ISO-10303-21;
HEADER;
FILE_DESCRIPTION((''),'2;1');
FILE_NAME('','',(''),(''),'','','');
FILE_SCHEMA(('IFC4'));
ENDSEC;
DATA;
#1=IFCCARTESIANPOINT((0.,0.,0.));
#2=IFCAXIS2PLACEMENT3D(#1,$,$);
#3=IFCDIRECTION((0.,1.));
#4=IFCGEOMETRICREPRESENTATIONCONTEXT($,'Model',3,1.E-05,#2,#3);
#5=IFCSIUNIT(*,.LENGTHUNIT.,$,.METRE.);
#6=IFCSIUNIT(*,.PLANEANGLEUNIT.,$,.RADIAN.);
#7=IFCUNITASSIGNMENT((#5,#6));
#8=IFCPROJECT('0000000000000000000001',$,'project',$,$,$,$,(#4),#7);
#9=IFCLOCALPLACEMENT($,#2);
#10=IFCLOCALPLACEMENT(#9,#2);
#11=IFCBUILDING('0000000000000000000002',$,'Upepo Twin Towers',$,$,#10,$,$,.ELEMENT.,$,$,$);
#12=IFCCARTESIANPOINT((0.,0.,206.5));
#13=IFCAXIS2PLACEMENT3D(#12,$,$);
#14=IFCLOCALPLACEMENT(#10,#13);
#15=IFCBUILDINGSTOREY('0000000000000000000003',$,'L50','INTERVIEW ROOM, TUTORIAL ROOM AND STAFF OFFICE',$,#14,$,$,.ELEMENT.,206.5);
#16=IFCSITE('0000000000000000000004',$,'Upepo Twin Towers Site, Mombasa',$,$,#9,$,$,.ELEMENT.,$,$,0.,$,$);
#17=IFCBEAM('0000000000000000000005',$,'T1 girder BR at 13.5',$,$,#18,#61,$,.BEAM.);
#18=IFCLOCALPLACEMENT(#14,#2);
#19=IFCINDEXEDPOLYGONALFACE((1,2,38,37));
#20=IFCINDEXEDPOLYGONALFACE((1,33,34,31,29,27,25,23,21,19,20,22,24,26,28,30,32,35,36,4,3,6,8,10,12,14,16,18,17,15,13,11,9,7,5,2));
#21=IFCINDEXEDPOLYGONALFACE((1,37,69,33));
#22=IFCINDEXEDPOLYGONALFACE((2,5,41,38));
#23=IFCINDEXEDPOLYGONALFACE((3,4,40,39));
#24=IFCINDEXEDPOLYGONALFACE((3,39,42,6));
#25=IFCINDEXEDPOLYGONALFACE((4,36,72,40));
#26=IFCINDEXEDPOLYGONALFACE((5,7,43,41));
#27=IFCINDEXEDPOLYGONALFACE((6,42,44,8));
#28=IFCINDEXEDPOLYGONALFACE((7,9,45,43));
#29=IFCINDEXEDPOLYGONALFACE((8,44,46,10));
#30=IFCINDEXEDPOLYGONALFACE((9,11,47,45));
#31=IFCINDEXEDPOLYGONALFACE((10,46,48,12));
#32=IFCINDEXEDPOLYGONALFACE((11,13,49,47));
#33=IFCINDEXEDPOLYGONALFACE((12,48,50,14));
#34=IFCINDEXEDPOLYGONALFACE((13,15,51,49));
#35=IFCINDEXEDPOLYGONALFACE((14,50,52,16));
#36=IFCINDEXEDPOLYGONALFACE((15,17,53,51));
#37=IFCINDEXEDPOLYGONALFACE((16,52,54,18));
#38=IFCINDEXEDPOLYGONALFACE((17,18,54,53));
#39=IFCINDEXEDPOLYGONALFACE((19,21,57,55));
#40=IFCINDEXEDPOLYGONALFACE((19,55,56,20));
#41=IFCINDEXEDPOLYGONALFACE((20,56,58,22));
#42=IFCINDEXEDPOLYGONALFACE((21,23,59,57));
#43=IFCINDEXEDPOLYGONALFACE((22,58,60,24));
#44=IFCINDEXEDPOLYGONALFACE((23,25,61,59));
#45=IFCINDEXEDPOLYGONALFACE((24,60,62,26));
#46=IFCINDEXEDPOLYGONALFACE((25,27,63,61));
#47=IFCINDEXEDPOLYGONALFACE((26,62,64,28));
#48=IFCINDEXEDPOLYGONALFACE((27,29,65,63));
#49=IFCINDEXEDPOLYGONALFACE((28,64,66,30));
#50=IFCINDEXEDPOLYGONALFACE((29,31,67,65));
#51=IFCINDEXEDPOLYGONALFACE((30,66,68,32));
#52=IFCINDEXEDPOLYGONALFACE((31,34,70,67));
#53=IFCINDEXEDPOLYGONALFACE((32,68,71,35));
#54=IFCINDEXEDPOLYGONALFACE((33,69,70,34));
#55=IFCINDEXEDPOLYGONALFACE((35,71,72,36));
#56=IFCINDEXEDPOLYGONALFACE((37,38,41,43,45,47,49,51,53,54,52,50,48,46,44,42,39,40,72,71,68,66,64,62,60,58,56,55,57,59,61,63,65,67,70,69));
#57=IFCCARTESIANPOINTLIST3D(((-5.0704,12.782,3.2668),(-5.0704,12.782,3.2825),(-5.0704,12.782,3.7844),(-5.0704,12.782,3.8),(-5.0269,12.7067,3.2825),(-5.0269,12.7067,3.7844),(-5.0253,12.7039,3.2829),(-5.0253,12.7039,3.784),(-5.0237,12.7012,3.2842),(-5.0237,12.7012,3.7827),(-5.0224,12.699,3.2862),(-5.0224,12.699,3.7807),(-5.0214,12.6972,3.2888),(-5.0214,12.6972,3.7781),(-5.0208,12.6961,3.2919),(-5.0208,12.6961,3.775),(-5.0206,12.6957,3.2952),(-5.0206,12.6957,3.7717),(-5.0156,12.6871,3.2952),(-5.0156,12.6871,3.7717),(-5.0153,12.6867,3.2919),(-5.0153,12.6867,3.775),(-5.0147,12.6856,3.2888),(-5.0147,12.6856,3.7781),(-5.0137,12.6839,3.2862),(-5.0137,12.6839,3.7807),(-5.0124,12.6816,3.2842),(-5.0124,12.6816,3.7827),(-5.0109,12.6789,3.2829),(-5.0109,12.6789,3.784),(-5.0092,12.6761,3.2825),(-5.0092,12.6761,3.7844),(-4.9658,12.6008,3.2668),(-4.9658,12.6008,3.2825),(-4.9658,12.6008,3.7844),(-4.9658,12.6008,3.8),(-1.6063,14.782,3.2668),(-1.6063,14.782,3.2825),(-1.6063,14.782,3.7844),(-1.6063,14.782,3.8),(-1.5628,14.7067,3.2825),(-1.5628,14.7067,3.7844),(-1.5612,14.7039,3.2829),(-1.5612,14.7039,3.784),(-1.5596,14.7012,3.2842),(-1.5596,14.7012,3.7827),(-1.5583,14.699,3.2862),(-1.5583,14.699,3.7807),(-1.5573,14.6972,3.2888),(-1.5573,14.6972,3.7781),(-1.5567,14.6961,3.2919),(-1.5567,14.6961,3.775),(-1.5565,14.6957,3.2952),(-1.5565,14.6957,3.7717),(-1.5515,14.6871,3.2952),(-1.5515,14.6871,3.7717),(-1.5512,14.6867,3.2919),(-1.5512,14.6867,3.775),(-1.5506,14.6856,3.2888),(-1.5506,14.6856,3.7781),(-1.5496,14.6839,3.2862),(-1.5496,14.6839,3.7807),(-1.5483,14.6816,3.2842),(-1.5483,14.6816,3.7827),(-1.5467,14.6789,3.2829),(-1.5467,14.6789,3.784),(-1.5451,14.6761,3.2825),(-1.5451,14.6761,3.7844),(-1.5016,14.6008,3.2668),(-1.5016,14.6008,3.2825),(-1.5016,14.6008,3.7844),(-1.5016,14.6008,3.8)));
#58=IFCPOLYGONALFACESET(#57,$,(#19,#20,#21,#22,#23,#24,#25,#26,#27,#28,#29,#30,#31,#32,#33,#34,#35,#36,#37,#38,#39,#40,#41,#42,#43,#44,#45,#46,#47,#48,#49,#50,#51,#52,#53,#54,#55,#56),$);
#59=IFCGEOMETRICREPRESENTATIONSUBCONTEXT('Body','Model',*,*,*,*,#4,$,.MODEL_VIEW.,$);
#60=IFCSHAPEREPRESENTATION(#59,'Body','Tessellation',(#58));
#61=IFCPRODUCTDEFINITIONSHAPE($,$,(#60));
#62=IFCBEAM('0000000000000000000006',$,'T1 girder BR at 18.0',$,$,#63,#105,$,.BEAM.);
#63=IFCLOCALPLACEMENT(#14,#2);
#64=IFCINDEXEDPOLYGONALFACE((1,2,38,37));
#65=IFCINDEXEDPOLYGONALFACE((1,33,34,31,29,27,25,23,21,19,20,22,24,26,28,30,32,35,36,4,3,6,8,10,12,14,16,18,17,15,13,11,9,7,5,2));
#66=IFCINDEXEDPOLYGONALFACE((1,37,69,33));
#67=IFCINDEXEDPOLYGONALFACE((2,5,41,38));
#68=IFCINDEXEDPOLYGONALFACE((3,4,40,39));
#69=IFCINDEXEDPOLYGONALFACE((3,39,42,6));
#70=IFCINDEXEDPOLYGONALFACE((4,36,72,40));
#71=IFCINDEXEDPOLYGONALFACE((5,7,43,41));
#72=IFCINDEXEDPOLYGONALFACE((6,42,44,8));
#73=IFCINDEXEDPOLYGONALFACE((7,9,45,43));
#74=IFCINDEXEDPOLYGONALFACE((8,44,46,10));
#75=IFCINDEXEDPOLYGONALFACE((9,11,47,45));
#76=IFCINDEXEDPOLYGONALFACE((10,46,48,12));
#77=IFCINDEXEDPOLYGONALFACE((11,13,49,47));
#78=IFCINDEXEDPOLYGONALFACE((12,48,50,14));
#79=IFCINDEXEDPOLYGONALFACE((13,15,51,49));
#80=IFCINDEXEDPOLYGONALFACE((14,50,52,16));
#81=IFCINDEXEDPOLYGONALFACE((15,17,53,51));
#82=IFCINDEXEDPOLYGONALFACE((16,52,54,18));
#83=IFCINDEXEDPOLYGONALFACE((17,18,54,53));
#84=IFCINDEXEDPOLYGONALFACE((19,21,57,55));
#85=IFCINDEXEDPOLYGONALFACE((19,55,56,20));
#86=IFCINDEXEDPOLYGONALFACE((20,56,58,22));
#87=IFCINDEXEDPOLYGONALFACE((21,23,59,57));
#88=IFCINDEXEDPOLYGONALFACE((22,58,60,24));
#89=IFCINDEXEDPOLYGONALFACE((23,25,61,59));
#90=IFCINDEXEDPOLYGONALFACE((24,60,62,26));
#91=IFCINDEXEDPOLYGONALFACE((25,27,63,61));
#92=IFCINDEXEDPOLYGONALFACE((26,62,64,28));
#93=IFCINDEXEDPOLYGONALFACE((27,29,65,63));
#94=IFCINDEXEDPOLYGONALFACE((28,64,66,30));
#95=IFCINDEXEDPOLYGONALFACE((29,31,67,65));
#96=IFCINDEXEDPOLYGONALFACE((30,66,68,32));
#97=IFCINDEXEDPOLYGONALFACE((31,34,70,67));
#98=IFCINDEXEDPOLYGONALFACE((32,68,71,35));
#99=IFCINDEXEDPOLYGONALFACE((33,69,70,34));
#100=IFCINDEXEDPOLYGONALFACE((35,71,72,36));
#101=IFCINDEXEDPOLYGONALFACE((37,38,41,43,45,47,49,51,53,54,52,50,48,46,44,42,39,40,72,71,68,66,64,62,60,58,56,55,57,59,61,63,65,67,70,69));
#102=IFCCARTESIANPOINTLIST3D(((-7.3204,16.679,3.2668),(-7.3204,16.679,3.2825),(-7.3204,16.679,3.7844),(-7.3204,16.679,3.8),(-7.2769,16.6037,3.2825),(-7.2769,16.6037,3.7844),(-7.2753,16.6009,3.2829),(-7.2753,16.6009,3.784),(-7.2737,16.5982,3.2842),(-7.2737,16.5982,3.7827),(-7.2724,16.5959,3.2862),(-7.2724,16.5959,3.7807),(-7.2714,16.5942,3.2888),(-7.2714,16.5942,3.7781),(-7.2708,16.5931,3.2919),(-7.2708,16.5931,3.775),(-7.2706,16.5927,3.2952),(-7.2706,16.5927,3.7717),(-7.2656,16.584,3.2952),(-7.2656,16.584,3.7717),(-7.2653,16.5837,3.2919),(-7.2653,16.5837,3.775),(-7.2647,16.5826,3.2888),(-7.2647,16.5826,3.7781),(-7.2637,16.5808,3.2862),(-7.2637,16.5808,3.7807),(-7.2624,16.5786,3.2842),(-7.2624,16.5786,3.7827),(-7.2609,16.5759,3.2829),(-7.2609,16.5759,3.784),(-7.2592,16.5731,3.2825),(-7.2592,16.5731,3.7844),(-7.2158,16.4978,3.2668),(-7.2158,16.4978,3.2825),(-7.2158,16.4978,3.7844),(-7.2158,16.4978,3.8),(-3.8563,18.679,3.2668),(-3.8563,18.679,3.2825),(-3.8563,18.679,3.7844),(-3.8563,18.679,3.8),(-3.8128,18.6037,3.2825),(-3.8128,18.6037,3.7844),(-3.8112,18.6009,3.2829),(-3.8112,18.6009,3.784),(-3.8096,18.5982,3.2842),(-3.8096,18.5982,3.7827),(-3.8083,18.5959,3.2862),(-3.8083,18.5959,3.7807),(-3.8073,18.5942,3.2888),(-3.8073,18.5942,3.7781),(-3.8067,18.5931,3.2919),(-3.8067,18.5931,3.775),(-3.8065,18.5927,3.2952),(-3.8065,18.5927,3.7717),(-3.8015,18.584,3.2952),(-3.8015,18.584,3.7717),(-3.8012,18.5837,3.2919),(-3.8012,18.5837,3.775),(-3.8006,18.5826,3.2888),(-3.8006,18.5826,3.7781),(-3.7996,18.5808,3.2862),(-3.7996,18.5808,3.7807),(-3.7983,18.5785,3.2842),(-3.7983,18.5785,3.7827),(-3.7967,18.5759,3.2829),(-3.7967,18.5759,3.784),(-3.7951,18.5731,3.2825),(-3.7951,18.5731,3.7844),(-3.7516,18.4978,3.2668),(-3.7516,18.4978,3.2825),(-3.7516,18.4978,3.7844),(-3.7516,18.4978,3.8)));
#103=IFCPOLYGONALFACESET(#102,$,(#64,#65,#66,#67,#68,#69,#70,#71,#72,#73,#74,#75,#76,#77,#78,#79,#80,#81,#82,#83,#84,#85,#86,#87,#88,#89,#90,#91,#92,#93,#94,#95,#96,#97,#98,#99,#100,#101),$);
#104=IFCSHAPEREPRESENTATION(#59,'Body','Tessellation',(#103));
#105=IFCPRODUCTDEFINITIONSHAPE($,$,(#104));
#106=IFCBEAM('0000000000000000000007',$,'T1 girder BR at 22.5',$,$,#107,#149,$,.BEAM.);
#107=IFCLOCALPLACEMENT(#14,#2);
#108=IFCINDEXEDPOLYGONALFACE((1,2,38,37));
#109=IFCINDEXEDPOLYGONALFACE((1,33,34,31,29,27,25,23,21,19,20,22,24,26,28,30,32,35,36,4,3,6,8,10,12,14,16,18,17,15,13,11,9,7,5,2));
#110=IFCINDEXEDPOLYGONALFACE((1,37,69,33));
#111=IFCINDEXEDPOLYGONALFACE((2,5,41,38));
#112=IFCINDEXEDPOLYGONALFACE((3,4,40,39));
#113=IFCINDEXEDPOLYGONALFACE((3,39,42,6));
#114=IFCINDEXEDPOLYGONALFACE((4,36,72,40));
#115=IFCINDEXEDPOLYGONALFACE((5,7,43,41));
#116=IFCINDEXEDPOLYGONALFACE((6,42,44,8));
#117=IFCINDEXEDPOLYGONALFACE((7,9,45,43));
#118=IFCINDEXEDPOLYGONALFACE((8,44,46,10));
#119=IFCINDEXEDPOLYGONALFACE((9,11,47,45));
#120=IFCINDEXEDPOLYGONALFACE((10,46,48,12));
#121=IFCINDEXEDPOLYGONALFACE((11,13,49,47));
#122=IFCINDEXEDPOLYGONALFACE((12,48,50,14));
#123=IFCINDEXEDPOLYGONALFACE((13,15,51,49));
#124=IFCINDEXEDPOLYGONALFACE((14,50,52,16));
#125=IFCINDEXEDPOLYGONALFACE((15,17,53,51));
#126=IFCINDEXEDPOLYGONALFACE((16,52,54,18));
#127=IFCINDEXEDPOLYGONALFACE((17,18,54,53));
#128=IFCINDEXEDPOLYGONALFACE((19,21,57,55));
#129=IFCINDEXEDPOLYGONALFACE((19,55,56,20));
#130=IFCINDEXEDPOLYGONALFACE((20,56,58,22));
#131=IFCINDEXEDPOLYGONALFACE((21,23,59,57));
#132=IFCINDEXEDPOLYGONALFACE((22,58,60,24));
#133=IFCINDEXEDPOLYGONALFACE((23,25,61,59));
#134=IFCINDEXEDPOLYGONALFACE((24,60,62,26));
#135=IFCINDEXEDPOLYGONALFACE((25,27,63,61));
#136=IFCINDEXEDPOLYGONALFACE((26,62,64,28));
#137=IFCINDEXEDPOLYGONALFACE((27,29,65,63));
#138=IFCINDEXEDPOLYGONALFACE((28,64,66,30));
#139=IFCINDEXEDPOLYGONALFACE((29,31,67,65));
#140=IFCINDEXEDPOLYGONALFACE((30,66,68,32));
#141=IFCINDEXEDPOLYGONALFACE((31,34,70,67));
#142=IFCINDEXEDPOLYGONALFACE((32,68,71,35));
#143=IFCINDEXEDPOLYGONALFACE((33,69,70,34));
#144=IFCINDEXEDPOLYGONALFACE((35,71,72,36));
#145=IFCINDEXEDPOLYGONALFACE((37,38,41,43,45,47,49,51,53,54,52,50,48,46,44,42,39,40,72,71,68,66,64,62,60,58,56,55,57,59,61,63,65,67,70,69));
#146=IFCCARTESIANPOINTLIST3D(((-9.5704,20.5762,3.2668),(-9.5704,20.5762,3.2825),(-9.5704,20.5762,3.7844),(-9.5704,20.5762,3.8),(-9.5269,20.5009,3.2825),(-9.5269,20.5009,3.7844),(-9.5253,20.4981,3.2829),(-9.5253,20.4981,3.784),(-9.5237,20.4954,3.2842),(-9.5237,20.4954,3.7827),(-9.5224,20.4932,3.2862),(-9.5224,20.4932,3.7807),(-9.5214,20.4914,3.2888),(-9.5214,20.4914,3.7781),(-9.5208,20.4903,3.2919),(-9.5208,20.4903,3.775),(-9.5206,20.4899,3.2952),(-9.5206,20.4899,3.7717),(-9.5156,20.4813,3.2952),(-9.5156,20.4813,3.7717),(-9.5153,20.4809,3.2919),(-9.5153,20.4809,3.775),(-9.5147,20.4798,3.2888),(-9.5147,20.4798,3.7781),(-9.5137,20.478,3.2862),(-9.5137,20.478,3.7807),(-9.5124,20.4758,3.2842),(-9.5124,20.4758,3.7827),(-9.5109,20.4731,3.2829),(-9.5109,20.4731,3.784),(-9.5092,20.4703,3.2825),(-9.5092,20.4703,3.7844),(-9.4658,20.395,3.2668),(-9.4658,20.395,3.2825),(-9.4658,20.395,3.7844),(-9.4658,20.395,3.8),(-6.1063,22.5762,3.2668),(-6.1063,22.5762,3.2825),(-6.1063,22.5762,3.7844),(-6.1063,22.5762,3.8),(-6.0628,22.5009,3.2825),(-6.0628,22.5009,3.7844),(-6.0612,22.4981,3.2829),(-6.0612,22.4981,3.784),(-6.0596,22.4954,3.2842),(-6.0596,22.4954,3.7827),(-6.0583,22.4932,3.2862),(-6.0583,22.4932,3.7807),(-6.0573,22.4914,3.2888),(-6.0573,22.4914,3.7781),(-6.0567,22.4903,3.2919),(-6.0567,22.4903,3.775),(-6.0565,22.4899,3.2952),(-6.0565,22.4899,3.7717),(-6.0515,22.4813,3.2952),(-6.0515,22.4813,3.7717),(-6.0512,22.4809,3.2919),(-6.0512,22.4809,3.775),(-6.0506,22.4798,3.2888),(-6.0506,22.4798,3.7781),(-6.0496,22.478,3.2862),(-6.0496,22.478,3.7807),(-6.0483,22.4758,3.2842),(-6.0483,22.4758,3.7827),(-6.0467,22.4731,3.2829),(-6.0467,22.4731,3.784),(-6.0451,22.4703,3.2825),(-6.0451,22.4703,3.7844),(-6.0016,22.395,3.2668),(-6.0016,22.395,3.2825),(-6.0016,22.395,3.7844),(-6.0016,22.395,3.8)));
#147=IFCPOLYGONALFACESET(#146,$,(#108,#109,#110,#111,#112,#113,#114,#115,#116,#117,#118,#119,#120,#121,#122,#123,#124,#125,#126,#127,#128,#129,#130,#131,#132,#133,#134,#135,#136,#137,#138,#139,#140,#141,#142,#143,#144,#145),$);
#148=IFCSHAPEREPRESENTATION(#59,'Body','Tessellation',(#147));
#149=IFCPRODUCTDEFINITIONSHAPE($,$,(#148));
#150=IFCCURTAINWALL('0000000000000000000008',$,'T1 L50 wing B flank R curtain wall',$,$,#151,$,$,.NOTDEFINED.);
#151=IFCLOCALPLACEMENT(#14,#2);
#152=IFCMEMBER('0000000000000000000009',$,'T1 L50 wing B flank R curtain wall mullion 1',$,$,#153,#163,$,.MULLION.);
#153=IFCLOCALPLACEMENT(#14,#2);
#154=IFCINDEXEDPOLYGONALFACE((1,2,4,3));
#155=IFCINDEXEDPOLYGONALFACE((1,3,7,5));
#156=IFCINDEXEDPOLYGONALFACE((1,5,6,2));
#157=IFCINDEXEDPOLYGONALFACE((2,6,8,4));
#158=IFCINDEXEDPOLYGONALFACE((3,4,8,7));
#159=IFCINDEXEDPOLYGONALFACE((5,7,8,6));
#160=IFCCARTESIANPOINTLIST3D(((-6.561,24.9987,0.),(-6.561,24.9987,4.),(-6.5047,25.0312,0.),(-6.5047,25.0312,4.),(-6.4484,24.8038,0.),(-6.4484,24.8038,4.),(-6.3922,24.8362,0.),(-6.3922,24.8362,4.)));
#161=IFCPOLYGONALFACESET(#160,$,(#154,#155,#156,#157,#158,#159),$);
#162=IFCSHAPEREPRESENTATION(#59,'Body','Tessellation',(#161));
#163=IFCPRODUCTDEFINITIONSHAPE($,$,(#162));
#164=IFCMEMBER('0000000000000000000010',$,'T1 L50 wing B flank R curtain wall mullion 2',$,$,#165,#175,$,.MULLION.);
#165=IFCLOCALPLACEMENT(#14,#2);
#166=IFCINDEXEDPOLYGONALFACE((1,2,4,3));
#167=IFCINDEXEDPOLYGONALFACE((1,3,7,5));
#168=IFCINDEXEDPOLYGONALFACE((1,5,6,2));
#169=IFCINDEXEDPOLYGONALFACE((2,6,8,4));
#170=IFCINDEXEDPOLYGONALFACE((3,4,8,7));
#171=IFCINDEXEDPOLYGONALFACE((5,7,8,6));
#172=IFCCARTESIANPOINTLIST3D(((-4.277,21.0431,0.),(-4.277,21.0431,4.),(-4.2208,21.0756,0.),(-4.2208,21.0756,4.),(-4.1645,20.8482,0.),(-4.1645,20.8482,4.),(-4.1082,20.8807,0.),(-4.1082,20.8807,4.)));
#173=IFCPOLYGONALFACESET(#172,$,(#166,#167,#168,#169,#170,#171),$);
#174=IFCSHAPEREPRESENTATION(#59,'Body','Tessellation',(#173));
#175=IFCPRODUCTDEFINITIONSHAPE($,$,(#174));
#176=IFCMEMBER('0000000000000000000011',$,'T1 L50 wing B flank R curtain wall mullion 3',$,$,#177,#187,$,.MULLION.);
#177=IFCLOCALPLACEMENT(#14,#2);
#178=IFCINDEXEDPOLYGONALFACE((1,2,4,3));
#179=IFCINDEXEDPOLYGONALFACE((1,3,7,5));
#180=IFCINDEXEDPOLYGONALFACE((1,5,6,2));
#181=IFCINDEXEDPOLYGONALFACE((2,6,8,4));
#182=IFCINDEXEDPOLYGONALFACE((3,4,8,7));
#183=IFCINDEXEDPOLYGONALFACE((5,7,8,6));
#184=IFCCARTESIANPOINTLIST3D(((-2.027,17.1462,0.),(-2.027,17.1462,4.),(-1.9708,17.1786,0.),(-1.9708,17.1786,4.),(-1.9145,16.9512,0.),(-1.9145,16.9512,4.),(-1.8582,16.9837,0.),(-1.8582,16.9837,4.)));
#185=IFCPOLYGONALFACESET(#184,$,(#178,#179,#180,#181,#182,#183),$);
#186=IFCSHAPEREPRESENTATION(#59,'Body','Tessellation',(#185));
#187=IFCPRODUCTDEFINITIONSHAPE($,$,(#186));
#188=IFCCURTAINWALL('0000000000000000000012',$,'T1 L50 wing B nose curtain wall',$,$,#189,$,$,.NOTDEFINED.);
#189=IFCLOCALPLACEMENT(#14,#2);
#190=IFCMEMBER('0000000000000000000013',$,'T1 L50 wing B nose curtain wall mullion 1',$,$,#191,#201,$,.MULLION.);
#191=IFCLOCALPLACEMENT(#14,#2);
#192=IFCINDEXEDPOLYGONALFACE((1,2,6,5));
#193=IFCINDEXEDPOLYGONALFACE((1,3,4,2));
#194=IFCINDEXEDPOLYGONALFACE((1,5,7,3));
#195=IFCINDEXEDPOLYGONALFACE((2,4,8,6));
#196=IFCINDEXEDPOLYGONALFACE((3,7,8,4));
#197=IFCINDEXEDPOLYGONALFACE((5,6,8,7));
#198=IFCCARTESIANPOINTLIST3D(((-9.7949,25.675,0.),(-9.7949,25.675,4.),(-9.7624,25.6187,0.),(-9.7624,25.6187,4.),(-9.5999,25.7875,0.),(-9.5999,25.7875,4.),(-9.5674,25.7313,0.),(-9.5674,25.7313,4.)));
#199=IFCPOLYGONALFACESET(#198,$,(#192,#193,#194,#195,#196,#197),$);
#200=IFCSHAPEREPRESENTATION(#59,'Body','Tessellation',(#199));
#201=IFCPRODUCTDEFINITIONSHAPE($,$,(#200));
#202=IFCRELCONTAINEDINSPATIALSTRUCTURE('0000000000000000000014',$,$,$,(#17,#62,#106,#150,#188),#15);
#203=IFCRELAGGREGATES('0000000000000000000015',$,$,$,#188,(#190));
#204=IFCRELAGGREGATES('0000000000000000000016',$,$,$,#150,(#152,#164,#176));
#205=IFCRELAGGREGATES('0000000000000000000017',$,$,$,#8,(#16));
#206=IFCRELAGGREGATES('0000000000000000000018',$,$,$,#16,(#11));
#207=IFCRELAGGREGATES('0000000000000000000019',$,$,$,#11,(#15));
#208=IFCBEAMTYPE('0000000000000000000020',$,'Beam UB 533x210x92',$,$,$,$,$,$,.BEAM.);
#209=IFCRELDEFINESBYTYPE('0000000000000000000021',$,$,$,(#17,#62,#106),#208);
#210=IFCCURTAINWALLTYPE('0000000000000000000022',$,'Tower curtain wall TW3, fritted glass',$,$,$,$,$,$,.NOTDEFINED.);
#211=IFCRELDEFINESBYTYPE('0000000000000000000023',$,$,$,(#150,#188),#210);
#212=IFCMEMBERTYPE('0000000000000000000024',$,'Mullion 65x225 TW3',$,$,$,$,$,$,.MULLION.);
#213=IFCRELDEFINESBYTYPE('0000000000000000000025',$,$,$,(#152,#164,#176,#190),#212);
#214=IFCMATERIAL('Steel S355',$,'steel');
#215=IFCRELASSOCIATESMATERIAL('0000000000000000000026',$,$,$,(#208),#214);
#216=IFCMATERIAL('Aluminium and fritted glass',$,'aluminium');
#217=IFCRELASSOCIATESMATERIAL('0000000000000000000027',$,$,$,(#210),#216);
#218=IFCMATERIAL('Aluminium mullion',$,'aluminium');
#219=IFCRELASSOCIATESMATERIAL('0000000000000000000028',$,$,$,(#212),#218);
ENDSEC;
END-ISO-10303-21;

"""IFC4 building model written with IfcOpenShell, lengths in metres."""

from ifc_helpers import new_model, si_unit, direction, frame, origin, origin_2d, place, context, subcontext, project, spatial, rectangle, i_section, extrude, material, material_profile, profile_set, type_object, element, aggregate, save


model = new_model("IFC4")

# Units and contexts
model_context = context("Model", 3, precision=1e-05, world=origin(), true_north=direction((0.0, 1.0)))
body_context = subcontext(model_context, "Body", "Model", "MODEL_VIEW")
ifc_project = project(units=[si_unit("LENGTHUNIT", "METRE"), si_unit("PLANEANGLEUNIT", "RADIAN")], contexts=[model_context])

# Site, building, storey
site_placement = place(None, origin())
site = spatial("IfcSite", under=ifc_project, at=site_placement, Name="Upepo Twin Towers Site, Mombasa", CompositionType="ELEMENT", RefElevation=0.0)
building_placement = place(site_placement, origin())
building = spatial("IfcBuilding", under=site, at=building_placement, Name="Upepo Twin Towers", CompositionType="ELEMENT")
storey_placement = place(building_placement, frame((0.0, 0.0, 206.5)))
storey = spatial("IfcBuildingStorey", under=building, at=storey_placement, Name="L50", Description="INTERVIEW ROOM, TUTORIAL ROOM AND STAFF OFFICE", CompositionType="ELEMENT", Elevation=206.5)

# Beams
ifc_material_1 = material(Name="Steel S355", Category="steel")
ifc_material_profile_1 = material_profile(ifc_material_1, i_section(OverallWidth=0.2092, OverallDepth=0.5332, WebThickness=0.01, FlangeThickness=0.0156, FilletRadius=0.0127, at=origin_2d()), Name="UB 533x210x92")
ifc_profile_set_1 = profile_set([ifc_material_profile_1], Name="Steel S355")
beam_type_1 = type_object("IfcBeamType", Name="Beam UB 533x210x92", PredefinedType="BEAM", material=ifc_profile_set_1)
for number, where, z_axis, x_axis, name in (
    (1, (-1.554, 14.6914, 3.5334), (-0.866026, -0.499999, 0.0), (0.499999, -0.866026, 0.0), "T1 girder BR at 13.5"),
    (2, (-3.804, 18.5884, 3.5334), (-0.866026, -0.499999, 0.0), (0.499999, -0.866026, 0.0), "T1 girder BR at 18.0"),
    (3, (-6.054, 22.4856, 3.5334), (-0.866026, -0.499999, 0.0), (0.499999, -0.866026, 0.0), "T1 girder BR at 22.5"),
):
    element("IfcBeam", number, at=place(storey_placement, frame(where, z_axis=z_axis, x_axis=x_axis)), inside=storey, type_object=beam_type_1, Name=name, PredefinedType="BEAM", context=body_context, shape_type="SweptSolid", body=[
        extrude(i_section(OverallWidth=0.2092, OverallDepth=0.5332, WebThickness=0.01, FlangeThickness=0.0156, FilletRadius=0.0127, at=origin_2d()), origin(), (0.0, 0.0, 1.0), 4.0),
    ])

# Curtain wall, members
ifc_material_2 = material(Name="Aluminium and fritted glass", Category="aluminium")
curtain_wall_type = type_object("IfcCurtainWallType", Name="Tower curtain wall TW3, fritted glass", PredefinedType="NOTDEFINED", material=ifc_material_2)
curtain_wall_1_placement = place(storey_placement, origin())
curtain_wall_1 = element("IfcCurtainWall", 4, at=curtain_wall_1_placement, inside=storey, type_object=curtain_wall_type, Name="T1 L50 wing B flank R curtain wall", PredefinedType="NOTDEFINED")
ifc_material_3 = material(Name="Aluminium mullion", Category="aluminium")
ifc_material_profile_2 = material_profile(ifc_material_3, rectangle(XDim=0.0649, YDim=0.2251, at=origin_2d()), Name="MULLION 65x225")
ifc_profile_set_2 = profile_set([ifc_material_profile_2], Name="Aluminium mullion")
member_type_1 = type_object("IfcMemberType", Name="Mullion 65x225 TW3", PredefinedType="MULLION", material=ifc_profile_set_2)
member_1_placement = place(storey_placement, frame((-6.4766, 24.9175, 0.0), z_axis=(0.0, 0.0, 1.0), x_axis=(0.866025, 0.5, 0.0)))
member_1 = element("IfcMember", 5, at=member_1_placement, type_object=member_type_1, Name="T1 L50 wing B flank R curtain wall mullion 1", PredefinedType="MULLION", context=body_context, shape_type="SweptSolid", body=[
    extrude(rectangle(XDim=0.0649, YDim=0.2251, at=origin_2d()), origin(), (0.0, 0.0, 1.0), 4.0),
])
member_2_placement = place(storey_placement, frame((-4.1926, 20.9619, 0.0), z_axis=(0.0, 0.0, 1.0), x_axis=(0.866025, 0.5, 0.0)))
member_2 = element("IfcMember", 6, at=member_2_placement, type_object=member_type_1, Name="T1 L50 wing B flank R curtain wall mullion 2", PredefinedType="MULLION", context=body_context, shape_type="SweptSolid", body=[
    extrude(rectangle(XDim=0.0649, YDim=0.2251, at=origin_2d()), origin(), (0.0, 0.0, 1.0), 4.0),
])
member_3_placement = place(storey_placement, frame((-1.9426, 17.0649, 0.0), z_axis=(0.0, 0.0, 1.0), x_axis=(0.866025, 0.5, 0.0)))
member_3 = element("IfcMember", 7, at=member_3_placement, type_object=member_type_1, Name="T1 L50 wing B flank R curtain wall mullion 3", PredefinedType="MULLION", context=body_context, shape_type="SweptSolid", body=[
    extrude(rectangle(XDim=0.0649, YDim=0.2251, at=origin_2d()), origin(), (0.0, 0.0, 1.0), 4.0),
])

# Curtain wall, member
curtain_wall_2_placement = place(storey_placement, origin())
curtain_wall_2 = element("IfcCurtainWall", 8, at=curtain_wall_2_placement, inside=storey, type_object=curtain_wall_type, Name="T1 L50 wing B nose curtain wall", PredefinedType="NOTDEFINED")
member_4_placement = place(storey_placement, frame((-9.6812, 25.7031, 0.0), z_axis=(0.0, 0.0, 1.0), x_axis=(0.5, -0.866025, 0.0)))
member_4 = element("IfcMember", 9, at=member_4_placement, type_object=member_type_1, Name="T1 L50 wing B nose curtain wall mullion 1", PredefinedType="MULLION", context=body_context, shape_type="SweptSolid", body=[
    extrude(rectangle(XDim=0.0649, YDim=0.2251, at=origin_2d()), origin(), (0.0, 0.0, 1.0), 4.0),
])

aggregate(curtain_wall_2, [member_4])

aggregate(curtain_wall_1, [member_1, member_2, member_3])

save(model, "model.ifc")
